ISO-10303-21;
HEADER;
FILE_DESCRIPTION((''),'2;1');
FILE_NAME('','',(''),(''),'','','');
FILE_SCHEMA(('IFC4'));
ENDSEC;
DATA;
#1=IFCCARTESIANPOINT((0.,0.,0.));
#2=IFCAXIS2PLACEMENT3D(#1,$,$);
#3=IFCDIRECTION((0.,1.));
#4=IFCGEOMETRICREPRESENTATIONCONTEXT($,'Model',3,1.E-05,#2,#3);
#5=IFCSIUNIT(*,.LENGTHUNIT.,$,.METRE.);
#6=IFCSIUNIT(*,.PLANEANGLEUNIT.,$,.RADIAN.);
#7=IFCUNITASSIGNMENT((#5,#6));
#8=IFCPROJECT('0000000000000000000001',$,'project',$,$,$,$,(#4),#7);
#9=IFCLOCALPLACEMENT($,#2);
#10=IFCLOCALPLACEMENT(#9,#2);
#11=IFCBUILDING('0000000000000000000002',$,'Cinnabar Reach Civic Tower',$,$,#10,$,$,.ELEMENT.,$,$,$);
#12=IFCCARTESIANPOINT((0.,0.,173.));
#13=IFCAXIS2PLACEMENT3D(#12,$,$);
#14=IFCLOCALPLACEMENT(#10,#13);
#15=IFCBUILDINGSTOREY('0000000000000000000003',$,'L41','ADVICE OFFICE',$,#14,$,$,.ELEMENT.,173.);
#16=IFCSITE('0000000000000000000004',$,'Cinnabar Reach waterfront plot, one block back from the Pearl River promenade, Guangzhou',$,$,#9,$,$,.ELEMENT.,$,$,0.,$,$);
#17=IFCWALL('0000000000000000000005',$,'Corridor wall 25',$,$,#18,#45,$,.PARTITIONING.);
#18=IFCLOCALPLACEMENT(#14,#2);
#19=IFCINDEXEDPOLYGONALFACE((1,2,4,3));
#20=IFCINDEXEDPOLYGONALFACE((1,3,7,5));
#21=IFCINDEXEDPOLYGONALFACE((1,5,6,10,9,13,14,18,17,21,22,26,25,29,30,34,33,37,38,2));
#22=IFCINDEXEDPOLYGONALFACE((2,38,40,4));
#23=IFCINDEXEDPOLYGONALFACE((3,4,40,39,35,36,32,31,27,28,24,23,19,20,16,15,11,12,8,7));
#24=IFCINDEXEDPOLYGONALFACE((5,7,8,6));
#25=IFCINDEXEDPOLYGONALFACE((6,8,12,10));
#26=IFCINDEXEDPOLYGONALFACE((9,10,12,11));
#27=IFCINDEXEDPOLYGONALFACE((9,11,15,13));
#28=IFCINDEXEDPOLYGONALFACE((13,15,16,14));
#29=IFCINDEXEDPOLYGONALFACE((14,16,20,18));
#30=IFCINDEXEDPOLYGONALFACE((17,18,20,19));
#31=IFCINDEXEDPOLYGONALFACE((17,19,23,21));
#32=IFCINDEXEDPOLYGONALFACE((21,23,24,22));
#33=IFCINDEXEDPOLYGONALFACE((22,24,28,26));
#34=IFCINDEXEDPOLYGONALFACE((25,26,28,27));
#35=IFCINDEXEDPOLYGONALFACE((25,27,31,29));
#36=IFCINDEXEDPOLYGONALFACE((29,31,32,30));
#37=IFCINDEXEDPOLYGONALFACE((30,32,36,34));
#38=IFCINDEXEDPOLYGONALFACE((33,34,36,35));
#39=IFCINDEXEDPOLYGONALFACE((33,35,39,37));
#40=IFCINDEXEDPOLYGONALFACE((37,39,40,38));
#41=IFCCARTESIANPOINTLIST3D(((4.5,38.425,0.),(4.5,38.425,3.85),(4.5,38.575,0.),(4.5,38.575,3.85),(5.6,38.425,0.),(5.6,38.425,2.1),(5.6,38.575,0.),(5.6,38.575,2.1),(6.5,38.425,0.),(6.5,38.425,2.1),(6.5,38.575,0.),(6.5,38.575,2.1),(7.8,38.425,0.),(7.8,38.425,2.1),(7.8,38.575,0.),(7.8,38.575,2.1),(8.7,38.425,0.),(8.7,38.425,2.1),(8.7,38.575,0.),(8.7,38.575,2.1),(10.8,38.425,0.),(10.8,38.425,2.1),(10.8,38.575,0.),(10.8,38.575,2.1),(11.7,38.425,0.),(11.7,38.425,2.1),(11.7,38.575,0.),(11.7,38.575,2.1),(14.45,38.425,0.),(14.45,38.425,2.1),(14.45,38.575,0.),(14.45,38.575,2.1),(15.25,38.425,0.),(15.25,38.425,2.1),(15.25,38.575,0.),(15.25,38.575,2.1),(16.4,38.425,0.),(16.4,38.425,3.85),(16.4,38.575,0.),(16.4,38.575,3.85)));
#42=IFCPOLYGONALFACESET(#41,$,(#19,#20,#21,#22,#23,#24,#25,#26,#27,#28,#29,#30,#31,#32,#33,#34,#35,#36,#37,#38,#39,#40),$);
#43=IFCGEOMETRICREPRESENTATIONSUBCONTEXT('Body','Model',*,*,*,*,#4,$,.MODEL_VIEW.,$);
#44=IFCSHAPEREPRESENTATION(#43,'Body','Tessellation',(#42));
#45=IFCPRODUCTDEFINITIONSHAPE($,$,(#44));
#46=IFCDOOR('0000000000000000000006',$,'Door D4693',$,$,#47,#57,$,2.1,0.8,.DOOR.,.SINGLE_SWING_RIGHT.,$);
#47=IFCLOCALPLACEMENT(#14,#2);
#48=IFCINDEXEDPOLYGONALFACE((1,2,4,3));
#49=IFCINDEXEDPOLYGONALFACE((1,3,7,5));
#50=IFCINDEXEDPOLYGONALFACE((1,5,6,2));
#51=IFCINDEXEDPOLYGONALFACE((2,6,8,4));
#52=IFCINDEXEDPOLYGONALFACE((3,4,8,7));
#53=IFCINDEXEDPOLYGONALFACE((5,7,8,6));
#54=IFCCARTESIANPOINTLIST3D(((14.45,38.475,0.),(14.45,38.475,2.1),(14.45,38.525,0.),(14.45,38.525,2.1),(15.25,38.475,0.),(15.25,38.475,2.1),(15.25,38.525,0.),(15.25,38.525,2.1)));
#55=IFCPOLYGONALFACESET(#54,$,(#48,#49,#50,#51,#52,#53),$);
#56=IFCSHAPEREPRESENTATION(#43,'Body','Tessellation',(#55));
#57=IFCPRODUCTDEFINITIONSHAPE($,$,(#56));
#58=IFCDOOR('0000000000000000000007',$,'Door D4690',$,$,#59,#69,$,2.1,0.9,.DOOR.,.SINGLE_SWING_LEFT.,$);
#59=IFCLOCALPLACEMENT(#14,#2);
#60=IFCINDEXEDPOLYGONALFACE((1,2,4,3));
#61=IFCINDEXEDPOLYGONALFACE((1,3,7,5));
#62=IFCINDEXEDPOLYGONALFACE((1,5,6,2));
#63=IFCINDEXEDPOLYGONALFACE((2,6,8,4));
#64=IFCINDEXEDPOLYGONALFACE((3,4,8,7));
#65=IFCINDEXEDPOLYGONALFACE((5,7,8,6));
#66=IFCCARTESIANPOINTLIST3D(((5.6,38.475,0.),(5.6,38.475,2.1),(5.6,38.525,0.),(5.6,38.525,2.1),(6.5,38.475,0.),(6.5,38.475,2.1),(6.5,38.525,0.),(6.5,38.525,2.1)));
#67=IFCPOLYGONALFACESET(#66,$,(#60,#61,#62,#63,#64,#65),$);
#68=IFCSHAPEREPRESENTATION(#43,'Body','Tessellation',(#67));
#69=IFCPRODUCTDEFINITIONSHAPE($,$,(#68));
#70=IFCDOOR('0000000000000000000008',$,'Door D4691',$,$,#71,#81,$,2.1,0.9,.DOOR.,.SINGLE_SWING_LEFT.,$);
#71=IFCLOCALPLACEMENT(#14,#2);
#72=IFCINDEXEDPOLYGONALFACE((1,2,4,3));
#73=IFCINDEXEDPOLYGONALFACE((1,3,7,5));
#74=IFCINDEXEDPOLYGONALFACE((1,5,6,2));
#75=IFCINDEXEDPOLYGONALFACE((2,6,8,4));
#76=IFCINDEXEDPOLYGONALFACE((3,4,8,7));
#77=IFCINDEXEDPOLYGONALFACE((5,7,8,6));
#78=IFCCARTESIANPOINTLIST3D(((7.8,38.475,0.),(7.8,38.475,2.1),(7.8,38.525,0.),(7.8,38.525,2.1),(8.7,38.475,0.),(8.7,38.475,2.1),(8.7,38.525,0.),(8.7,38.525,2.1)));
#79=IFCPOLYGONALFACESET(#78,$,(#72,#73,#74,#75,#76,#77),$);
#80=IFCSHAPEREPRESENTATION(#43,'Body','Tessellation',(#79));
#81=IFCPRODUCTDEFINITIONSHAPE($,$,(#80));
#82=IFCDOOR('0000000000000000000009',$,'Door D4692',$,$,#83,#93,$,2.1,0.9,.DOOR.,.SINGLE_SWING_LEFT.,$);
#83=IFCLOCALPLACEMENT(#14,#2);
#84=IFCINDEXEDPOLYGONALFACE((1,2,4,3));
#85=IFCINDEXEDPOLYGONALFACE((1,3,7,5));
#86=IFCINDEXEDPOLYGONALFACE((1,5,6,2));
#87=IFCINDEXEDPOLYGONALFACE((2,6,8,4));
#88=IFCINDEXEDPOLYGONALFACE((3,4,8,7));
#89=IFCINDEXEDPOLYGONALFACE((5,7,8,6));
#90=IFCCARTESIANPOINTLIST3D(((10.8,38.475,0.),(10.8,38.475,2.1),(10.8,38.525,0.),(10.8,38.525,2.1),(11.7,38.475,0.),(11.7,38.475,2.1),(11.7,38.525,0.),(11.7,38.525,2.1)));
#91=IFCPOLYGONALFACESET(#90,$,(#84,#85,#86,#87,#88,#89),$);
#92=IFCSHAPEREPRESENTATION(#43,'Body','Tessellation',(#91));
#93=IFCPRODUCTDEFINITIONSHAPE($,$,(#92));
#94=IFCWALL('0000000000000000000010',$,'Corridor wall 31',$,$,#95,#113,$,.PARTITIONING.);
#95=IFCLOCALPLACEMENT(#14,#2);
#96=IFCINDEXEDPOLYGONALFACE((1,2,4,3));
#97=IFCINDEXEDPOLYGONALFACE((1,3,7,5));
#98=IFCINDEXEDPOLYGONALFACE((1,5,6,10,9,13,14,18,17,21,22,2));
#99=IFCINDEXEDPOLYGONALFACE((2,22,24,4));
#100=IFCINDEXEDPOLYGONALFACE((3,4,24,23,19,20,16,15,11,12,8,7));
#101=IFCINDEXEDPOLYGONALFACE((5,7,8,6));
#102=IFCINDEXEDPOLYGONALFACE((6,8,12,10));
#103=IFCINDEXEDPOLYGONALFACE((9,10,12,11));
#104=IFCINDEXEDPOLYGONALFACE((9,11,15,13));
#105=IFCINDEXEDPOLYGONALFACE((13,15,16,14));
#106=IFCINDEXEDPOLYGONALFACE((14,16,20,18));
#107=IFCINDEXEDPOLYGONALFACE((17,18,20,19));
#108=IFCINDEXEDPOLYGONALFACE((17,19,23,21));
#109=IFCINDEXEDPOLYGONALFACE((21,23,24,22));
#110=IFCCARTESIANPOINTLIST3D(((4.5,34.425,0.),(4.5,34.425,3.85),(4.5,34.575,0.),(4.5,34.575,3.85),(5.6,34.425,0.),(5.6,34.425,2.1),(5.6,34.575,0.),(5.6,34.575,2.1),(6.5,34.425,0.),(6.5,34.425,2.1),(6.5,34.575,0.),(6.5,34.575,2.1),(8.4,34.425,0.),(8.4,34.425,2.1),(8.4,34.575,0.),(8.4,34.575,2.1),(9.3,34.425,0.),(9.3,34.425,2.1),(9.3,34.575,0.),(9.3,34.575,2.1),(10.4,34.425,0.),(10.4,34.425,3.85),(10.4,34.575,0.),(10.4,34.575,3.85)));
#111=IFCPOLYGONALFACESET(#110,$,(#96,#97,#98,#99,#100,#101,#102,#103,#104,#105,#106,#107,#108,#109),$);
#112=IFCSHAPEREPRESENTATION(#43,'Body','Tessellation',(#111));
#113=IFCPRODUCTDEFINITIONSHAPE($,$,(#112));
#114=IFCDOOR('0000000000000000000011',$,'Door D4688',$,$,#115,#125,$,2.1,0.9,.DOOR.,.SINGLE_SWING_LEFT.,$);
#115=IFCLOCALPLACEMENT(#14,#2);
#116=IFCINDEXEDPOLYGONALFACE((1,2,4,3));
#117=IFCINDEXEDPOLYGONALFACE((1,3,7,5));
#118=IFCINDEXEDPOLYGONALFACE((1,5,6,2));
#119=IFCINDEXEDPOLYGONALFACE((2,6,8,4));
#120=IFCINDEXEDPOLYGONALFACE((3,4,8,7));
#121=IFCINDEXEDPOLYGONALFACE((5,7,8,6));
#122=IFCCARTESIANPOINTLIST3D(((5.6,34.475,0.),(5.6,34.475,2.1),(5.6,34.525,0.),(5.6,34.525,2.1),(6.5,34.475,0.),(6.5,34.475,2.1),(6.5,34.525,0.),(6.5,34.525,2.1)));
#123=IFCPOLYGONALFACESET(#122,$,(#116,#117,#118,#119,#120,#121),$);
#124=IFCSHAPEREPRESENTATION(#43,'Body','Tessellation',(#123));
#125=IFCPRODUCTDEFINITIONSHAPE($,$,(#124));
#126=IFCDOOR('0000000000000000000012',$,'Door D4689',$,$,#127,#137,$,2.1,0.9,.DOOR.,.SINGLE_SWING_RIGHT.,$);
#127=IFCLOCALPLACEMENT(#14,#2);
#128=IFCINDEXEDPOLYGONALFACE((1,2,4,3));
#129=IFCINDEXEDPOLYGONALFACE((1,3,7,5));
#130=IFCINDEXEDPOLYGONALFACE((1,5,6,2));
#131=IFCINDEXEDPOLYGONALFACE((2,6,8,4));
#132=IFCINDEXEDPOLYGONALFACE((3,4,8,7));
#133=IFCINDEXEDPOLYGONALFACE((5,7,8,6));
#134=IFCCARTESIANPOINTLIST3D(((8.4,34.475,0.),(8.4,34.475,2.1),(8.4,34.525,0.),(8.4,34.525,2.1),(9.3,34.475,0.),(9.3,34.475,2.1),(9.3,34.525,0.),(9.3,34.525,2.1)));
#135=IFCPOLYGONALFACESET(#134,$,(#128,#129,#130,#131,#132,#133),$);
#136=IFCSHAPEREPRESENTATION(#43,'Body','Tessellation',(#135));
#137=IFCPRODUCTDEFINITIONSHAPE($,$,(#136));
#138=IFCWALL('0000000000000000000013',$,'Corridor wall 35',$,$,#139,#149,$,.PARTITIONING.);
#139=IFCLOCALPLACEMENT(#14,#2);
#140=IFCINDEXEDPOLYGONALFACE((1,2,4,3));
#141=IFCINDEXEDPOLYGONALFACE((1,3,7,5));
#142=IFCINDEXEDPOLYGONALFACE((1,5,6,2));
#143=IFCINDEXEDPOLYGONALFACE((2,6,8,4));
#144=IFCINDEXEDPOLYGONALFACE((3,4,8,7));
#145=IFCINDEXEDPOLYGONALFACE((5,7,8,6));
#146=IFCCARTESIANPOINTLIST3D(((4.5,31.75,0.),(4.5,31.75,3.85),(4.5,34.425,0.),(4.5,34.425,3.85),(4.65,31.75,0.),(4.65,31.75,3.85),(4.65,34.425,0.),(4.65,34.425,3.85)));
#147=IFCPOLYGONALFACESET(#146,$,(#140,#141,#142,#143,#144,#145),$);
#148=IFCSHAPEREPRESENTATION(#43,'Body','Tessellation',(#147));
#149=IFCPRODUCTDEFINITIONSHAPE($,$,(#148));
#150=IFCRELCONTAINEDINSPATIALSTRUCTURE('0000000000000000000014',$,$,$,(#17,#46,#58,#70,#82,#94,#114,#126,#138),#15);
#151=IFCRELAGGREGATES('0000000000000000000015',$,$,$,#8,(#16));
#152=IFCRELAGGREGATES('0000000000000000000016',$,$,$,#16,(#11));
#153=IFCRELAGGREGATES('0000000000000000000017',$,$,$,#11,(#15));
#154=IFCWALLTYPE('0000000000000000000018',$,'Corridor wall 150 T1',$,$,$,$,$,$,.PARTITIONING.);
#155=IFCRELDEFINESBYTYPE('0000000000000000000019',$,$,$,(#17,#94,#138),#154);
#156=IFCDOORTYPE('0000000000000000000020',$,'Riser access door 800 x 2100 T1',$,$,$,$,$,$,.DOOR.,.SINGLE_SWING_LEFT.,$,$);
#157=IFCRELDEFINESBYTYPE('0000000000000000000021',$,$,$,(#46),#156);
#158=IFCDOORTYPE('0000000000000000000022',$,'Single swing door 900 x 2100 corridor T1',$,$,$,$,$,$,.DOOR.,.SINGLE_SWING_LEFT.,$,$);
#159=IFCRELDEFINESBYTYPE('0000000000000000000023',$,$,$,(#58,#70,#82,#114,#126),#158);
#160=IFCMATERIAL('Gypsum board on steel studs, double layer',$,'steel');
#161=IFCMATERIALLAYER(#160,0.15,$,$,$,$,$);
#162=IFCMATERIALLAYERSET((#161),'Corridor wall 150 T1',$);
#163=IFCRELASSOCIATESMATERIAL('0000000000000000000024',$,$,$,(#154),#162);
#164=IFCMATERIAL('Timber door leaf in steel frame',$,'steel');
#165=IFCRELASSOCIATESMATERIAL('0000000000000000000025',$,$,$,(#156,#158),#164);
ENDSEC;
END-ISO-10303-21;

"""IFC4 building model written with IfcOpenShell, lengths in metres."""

from ifc_helpers import new_model, si_unit, direction, frame, frame_2d, origin, place, context, subcontext, project, spatial, rectangle, extrude, material, layer, layer_set, type_object, element, fill, save


model = new_model("IFC4")

# Units and contexts
model_context = context("Model", 3, precision=1e-05, world=origin(), true_north=direction((0.0, 1.0)))
body_context = subcontext(model_context, "Body", "Model", "MODEL_VIEW")
ifc_project = project(units=[si_unit("LENGTHUNIT", "METRE"), si_unit("PLANEANGLEUNIT", "RADIAN")], contexts=[model_context])

# Site, building, storey
site_placement = place(None, origin())
site = spatial("IfcSite", under=ifc_project, at=site_placement, Name="Cinnabar Reach waterfront plot, one block back from the Pearl River promenade, Guangzhou", CompositionType="ELEMENT", RefElevation=0.0)
building_placement = place(site_placement, origin())
building = spatial("IfcBuilding", under=site, at=building_placement, Name="Cinnabar Reach Civic Tower", CompositionType="ELEMENT")
storey_placement = place(building_placement, frame((0.0, 0.0, 173.0)))
storey = spatial("IfcBuildingStorey", under=building, at=storey_placement, Name="L41", Description="ADVICE OFFICE", CompositionType="ELEMENT", Elevation=173.0)

# Shared definitions
ifc_material_1 = material(Name="Timber door leaf in steel frame", Category="steel")

# Walls, openings, doors
ifc_material_2 = material(Name="Gypsum board on steel studs, double layer", Category="steel")
ifc_layer_1 = layer(ifc_material_2, 0.15)
ifc_layer_set_1 = layer_set([ifc_layer_1], Name="Corridor wall 150 T1")
wall_type_1 = type_object("IfcWallType", Name="Corridor wall 150 T1", PredefinedType="PARTITIONING", material=ifc_layer_set_1)
wall_1_placement = place(storey_placement, frame((4.5, 38.5, 0.0), z_axis=(0.0, 0.0, 1.0), x_axis=(1.0, 0.0, 0.0)))
wall_1 = element("IfcWall", 1, at=wall_1_placement, inside=storey, type_object=wall_type_1, Name="Corridor wall 25", PredefinedType="PARTITIONING", context=body_context, shape_type="SweptSolid", body=[
    extrude(rectangle(XDim=11.9, YDim=0.15, at=frame_2d((5.95, 0.0))), origin(), (0.0, 0.0, 1.0), 3.85),
])
opening_1_placement = place(wall_1_placement, frame((1.1, 0.0, 0.0)))
opening_1 = element("IfcOpeningElement", 2, at=opening_1_placement, cuts=wall_1, PredefinedType="OPENING", context=body_context, shape_type="SweptSolid", body=[
    extrude(rectangle(XDim=0.9, YDim=2.1, at=frame_2d((0.45, 1.05))), frame((0.0, 0.085, 0.0), z_axis=(0.0, -1.0, 0.0), x_axis=(1.0, 0.0, 0.0)), (0.0, 0.0, 1.0), 0.17),
])
opening_2_placement = place(wall_1_placement, frame((3.3, 0.0, 0.0)))
opening_2 = element("IfcOpeningElement", 3, at=opening_2_placement, cuts=wall_1, PredefinedType="OPENING", context=body_context, shape_type="SweptSolid", body=[
    extrude(rectangle(XDim=0.9, YDim=2.1, at=frame_2d((0.45, 1.05))), frame((0.0, 0.085, 0.0), z_axis=(0.0, -1.0, 0.0), x_axis=(1.0, 0.0, 0.0)), (0.0, 0.0, 1.0), 0.17),
])
opening_3_placement = place(wall_1_placement, frame((6.3, 0.0, 0.0)))
opening_3 = element("IfcOpeningElement", 4, at=opening_3_placement, cuts=wall_1, PredefinedType="OPENING", context=body_context, shape_type="SweptSolid", body=[
    extrude(rectangle(XDim=0.9, YDim=2.1, at=frame_2d((0.45, 1.05))), frame((0.0, 0.085, 0.0), z_axis=(0.0, -1.0, 0.0), x_axis=(1.0, 0.0, 0.0)), (0.0, 0.0, 1.0), 0.17),
])
opening_4_placement = place(wall_1_placement, frame((9.95, 0.0, 0.0)))
opening_4 = element("IfcOpeningElement", 5, at=opening_4_placement, cuts=wall_1, PredefinedType="OPENING", context=body_context, shape_type="SweptSolid", body=[
    extrude(rectangle(XDim=0.8, YDim=2.1, at=frame_2d((0.4, 1.05))), frame((0.0, 0.085, 0.0), z_axis=(0.0, -1.0, 0.0), x_axis=(1.0, 0.0, 0.0)), (0.0, 0.0, 1.0), 0.17),
])
door_type_1 = type_object("IfcDoorType", Name="Riser access door 800 x 2100 T1", OperationType="SINGLE_SWING_LEFT", PredefinedType="DOOR", material=ifc_material_1)
door_1_placement = place(opening_4_placement, origin())
door_1 = element("IfcDoor", 6, at=door_1_placement, inside=storey, type_object=door_type_1, Name="Door D4693", OperationType="SINGLE_SWING_RIGHT", OverallHeight=2.1, OverallWidth=0.8, PredefinedType="DOOR", context=body_context, shape_type="SweptSolid", body=[
    extrude(rectangle(XDim=0.8, YDim=2.1, at=frame_2d((0.4, 1.05))), frame((0.0, 0.025, 0.0), z_axis=(0.0, -1.0, 0.0), x_axis=(1.0, 0.0, 0.0)), (0.0, 0.0, 1.0), 0.05),
])
fill(opening_4, door_1)
door_type_2 = type_object("IfcDoorType", Name="Single swing door 900 x 2100 corridor T1", OperationType="SINGLE_SWING_LEFT", PredefinedType="DOOR", material=ifc_material_1)
door_2_placement = place(opening_1_placement, origin())
door_2 = element("IfcDoor", 7, at=door_2_placement, inside=storey, type_object=door_type_2, Name="Door D4690", OperationType="SINGLE_SWING_LEFT", OverallHeight=2.1, OverallWidth=0.9, PredefinedType="DOOR", context=body_context, shape_type="SweptSolid", body=[
    extrude(rectangle(XDim=0.9, YDim=2.1, at=frame_2d((0.45, 1.05))), frame((0.0, 0.025, 0.0), z_axis=(0.0, -1.0, 0.0), x_axis=(1.0, 0.0, 0.0)), (0.0, 0.0, 1.0), 0.05),
])
fill(opening_1, door_2)
door_3_placement = place(opening_2_placement, origin())
door_3 = element("IfcDoor", 8, at=door_3_placement, inside=storey, type_object=door_type_2, Name="Door D4691", OperationType="SINGLE_SWING_LEFT", OverallHeight=2.1, OverallWidth=0.9, PredefinedType="DOOR", context=body_context, shape_type="SweptSolid", body=[
    extrude(rectangle(XDim=0.9, YDim=2.1, at=frame_2d((0.45, 1.05))), frame((0.0, 0.025, 0.0), z_axis=(0.0, -1.0, 0.0), x_axis=(1.0, 0.0, 0.0)), (0.0, 0.0, 1.0), 0.05),
])
fill(opening_2, door_3)
door_4_placement = place(opening_3_placement, origin())
door_4 = element("IfcDoor", 9, at=door_4_placement, inside=storey, type_object=door_type_2, Name="Door D4692", OperationType="SINGLE_SWING_LEFT", OverallHeight=2.1, OverallWidth=0.9, PredefinedType="DOOR", context=body_context, shape_type="SweptSolid", body=[
    extrude(rectangle(XDim=0.9, YDim=2.1, at=frame_2d((0.45, 1.05))), frame((0.0, 0.025, 0.0), z_axis=(0.0, -1.0, 0.0), x_axis=(1.0, 0.0, 0.0)), (0.0, 0.0, 1.0), 0.05),
])
fill(opening_3, door_4)
wall_2_placement = place(storey_placement, frame((4.5, 34.5, 0.0), z_axis=(0.0, 0.0, 1.0), x_axis=(1.0, 0.0, 0.0)))
wall_2 = element("IfcWall", 10, at=wall_2_placement, inside=storey, type_object=wall_type_1, Name="Corridor wall 31", PredefinedType="PARTITIONING", context=body_context, shape_type="SweptSolid", body=[
    extrude(rectangle(XDim=5.9, YDim=0.15, at=frame_2d((2.95, 0.0))), origin(), (0.0, 0.0, 1.0), 3.85),
])
opening_5_placement = place(wall_2_placement, frame((1.1, 0.0, 0.0)))
opening_5 = element("IfcOpeningElement", 11, at=opening_5_placement, cuts=wall_2, PredefinedType="OPENING", context=body_context, shape_type="SweptSolid", body=[
    extrude(rectangle(XDim=0.9, YDim=2.1, at=frame_2d((0.45, 1.05))), frame((0.0, 0.085, 0.0), z_axis=(0.0, -1.0, 0.0), x_axis=(1.0, 0.0, 0.0)), (0.0, 0.0, 1.0), 0.17),
])
opening_6_placement = place(wall_2_placement, frame((3.9, 0.0, 0.0)))
opening_6 = element("IfcOpeningElement", 12, at=opening_6_placement, cuts=wall_2, PredefinedType="OPENING", context=body_context, shape_type="SweptSolid", body=[
    extrude(rectangle(XDim=0.9, YDim=2.1, at=frame_2d((0.45, 1.05))), frame((0.0, 0.085, 0.0), z_axis=(0.0, -1.0, 0.0), x_axis=(1.0, 0.0, 0.0)), (0.0, 0.0, 1.0), 0.17),
])
door_5_placement = place(opening_5_placement, frame((0.9, 0.0, 0.0), z_axis=(0.0, 0.0, 1.0), x_axis=(-1.0, 0.0, 0.0)))
door_5 = element("IfcDoor", 13, at=door_5_placement, inside=storey, type_object=door_type_2, Name="Door D4688", OperationType="SINGLE_SWING_LEFT", OverallHeight=2.1, OverallWidth=0.9, PredefinedType="DOOR", context=body_context, shape_type="SweptSolid", body=[
    extrude(rectangle(XDim=0.9, YDim=2.1, at=frame_2d((0.45, 1.05))), frame((0.0, 0.025, 0.0), z_axis=(0.0, -1.0, 0.0), x_axis=(1.0, 0.0, 0.0)), (0.0, 0.0, 1.0), 0.05),
])
fill(opening_5, door_5)
door_6_placement = place(opening_6_placement, frame((0.9, 0.0, 0.0), z_axis=(0.0, 0.0, 1.0), x_axis=(-1.0, 0.0, 0.0)))
door_6 = element("IfcDoor", 14, at=door_6_placement, inside=storey, type_object=door_type_2, Name="Door D4689", OperationType="SINGLE_SWING_RIGHT", OverallHeight=2.1, OverallWidth=0.9, PredefinedType="DOOR", context=body_context, shape_type="SweptSolid", body=[
    extrude(rectangle(XDim=0.9, YDim=2.1, at=frame_2d((0.45, 1.05))), frame((0.0, 0.025, 0.0), z_axis=(0.0, -1.0, 0.0), x_axis=(1.0, 0.0, 0.0)), (0.0, 0.0, 1.0), 0.05),
])
fill(opening_6, door_6)

# Wall
wall_3_placement = place(storey_placement, frame((4.575, 31.75, 0.0), z_axis=(0.0, 0.0, 1.0), x_axis=(0.0, 1.0, 0.0)))
element("IfcWall", 15, at=wall_3_placement, inside=storey, type_object=wall_type_1, Name="Corridor wall 35", PredefinedType="PARTITIONING", context=body_context, shape_type="SweptSolid", body=[
    extrude(rectangle(XDim=2.675, YDim=0.15, at=frame_2d((1.3375, 0.0))), origin(), (0.0, 0.0, 1.0), 3.85),
])

save(model, "model.ifc")
